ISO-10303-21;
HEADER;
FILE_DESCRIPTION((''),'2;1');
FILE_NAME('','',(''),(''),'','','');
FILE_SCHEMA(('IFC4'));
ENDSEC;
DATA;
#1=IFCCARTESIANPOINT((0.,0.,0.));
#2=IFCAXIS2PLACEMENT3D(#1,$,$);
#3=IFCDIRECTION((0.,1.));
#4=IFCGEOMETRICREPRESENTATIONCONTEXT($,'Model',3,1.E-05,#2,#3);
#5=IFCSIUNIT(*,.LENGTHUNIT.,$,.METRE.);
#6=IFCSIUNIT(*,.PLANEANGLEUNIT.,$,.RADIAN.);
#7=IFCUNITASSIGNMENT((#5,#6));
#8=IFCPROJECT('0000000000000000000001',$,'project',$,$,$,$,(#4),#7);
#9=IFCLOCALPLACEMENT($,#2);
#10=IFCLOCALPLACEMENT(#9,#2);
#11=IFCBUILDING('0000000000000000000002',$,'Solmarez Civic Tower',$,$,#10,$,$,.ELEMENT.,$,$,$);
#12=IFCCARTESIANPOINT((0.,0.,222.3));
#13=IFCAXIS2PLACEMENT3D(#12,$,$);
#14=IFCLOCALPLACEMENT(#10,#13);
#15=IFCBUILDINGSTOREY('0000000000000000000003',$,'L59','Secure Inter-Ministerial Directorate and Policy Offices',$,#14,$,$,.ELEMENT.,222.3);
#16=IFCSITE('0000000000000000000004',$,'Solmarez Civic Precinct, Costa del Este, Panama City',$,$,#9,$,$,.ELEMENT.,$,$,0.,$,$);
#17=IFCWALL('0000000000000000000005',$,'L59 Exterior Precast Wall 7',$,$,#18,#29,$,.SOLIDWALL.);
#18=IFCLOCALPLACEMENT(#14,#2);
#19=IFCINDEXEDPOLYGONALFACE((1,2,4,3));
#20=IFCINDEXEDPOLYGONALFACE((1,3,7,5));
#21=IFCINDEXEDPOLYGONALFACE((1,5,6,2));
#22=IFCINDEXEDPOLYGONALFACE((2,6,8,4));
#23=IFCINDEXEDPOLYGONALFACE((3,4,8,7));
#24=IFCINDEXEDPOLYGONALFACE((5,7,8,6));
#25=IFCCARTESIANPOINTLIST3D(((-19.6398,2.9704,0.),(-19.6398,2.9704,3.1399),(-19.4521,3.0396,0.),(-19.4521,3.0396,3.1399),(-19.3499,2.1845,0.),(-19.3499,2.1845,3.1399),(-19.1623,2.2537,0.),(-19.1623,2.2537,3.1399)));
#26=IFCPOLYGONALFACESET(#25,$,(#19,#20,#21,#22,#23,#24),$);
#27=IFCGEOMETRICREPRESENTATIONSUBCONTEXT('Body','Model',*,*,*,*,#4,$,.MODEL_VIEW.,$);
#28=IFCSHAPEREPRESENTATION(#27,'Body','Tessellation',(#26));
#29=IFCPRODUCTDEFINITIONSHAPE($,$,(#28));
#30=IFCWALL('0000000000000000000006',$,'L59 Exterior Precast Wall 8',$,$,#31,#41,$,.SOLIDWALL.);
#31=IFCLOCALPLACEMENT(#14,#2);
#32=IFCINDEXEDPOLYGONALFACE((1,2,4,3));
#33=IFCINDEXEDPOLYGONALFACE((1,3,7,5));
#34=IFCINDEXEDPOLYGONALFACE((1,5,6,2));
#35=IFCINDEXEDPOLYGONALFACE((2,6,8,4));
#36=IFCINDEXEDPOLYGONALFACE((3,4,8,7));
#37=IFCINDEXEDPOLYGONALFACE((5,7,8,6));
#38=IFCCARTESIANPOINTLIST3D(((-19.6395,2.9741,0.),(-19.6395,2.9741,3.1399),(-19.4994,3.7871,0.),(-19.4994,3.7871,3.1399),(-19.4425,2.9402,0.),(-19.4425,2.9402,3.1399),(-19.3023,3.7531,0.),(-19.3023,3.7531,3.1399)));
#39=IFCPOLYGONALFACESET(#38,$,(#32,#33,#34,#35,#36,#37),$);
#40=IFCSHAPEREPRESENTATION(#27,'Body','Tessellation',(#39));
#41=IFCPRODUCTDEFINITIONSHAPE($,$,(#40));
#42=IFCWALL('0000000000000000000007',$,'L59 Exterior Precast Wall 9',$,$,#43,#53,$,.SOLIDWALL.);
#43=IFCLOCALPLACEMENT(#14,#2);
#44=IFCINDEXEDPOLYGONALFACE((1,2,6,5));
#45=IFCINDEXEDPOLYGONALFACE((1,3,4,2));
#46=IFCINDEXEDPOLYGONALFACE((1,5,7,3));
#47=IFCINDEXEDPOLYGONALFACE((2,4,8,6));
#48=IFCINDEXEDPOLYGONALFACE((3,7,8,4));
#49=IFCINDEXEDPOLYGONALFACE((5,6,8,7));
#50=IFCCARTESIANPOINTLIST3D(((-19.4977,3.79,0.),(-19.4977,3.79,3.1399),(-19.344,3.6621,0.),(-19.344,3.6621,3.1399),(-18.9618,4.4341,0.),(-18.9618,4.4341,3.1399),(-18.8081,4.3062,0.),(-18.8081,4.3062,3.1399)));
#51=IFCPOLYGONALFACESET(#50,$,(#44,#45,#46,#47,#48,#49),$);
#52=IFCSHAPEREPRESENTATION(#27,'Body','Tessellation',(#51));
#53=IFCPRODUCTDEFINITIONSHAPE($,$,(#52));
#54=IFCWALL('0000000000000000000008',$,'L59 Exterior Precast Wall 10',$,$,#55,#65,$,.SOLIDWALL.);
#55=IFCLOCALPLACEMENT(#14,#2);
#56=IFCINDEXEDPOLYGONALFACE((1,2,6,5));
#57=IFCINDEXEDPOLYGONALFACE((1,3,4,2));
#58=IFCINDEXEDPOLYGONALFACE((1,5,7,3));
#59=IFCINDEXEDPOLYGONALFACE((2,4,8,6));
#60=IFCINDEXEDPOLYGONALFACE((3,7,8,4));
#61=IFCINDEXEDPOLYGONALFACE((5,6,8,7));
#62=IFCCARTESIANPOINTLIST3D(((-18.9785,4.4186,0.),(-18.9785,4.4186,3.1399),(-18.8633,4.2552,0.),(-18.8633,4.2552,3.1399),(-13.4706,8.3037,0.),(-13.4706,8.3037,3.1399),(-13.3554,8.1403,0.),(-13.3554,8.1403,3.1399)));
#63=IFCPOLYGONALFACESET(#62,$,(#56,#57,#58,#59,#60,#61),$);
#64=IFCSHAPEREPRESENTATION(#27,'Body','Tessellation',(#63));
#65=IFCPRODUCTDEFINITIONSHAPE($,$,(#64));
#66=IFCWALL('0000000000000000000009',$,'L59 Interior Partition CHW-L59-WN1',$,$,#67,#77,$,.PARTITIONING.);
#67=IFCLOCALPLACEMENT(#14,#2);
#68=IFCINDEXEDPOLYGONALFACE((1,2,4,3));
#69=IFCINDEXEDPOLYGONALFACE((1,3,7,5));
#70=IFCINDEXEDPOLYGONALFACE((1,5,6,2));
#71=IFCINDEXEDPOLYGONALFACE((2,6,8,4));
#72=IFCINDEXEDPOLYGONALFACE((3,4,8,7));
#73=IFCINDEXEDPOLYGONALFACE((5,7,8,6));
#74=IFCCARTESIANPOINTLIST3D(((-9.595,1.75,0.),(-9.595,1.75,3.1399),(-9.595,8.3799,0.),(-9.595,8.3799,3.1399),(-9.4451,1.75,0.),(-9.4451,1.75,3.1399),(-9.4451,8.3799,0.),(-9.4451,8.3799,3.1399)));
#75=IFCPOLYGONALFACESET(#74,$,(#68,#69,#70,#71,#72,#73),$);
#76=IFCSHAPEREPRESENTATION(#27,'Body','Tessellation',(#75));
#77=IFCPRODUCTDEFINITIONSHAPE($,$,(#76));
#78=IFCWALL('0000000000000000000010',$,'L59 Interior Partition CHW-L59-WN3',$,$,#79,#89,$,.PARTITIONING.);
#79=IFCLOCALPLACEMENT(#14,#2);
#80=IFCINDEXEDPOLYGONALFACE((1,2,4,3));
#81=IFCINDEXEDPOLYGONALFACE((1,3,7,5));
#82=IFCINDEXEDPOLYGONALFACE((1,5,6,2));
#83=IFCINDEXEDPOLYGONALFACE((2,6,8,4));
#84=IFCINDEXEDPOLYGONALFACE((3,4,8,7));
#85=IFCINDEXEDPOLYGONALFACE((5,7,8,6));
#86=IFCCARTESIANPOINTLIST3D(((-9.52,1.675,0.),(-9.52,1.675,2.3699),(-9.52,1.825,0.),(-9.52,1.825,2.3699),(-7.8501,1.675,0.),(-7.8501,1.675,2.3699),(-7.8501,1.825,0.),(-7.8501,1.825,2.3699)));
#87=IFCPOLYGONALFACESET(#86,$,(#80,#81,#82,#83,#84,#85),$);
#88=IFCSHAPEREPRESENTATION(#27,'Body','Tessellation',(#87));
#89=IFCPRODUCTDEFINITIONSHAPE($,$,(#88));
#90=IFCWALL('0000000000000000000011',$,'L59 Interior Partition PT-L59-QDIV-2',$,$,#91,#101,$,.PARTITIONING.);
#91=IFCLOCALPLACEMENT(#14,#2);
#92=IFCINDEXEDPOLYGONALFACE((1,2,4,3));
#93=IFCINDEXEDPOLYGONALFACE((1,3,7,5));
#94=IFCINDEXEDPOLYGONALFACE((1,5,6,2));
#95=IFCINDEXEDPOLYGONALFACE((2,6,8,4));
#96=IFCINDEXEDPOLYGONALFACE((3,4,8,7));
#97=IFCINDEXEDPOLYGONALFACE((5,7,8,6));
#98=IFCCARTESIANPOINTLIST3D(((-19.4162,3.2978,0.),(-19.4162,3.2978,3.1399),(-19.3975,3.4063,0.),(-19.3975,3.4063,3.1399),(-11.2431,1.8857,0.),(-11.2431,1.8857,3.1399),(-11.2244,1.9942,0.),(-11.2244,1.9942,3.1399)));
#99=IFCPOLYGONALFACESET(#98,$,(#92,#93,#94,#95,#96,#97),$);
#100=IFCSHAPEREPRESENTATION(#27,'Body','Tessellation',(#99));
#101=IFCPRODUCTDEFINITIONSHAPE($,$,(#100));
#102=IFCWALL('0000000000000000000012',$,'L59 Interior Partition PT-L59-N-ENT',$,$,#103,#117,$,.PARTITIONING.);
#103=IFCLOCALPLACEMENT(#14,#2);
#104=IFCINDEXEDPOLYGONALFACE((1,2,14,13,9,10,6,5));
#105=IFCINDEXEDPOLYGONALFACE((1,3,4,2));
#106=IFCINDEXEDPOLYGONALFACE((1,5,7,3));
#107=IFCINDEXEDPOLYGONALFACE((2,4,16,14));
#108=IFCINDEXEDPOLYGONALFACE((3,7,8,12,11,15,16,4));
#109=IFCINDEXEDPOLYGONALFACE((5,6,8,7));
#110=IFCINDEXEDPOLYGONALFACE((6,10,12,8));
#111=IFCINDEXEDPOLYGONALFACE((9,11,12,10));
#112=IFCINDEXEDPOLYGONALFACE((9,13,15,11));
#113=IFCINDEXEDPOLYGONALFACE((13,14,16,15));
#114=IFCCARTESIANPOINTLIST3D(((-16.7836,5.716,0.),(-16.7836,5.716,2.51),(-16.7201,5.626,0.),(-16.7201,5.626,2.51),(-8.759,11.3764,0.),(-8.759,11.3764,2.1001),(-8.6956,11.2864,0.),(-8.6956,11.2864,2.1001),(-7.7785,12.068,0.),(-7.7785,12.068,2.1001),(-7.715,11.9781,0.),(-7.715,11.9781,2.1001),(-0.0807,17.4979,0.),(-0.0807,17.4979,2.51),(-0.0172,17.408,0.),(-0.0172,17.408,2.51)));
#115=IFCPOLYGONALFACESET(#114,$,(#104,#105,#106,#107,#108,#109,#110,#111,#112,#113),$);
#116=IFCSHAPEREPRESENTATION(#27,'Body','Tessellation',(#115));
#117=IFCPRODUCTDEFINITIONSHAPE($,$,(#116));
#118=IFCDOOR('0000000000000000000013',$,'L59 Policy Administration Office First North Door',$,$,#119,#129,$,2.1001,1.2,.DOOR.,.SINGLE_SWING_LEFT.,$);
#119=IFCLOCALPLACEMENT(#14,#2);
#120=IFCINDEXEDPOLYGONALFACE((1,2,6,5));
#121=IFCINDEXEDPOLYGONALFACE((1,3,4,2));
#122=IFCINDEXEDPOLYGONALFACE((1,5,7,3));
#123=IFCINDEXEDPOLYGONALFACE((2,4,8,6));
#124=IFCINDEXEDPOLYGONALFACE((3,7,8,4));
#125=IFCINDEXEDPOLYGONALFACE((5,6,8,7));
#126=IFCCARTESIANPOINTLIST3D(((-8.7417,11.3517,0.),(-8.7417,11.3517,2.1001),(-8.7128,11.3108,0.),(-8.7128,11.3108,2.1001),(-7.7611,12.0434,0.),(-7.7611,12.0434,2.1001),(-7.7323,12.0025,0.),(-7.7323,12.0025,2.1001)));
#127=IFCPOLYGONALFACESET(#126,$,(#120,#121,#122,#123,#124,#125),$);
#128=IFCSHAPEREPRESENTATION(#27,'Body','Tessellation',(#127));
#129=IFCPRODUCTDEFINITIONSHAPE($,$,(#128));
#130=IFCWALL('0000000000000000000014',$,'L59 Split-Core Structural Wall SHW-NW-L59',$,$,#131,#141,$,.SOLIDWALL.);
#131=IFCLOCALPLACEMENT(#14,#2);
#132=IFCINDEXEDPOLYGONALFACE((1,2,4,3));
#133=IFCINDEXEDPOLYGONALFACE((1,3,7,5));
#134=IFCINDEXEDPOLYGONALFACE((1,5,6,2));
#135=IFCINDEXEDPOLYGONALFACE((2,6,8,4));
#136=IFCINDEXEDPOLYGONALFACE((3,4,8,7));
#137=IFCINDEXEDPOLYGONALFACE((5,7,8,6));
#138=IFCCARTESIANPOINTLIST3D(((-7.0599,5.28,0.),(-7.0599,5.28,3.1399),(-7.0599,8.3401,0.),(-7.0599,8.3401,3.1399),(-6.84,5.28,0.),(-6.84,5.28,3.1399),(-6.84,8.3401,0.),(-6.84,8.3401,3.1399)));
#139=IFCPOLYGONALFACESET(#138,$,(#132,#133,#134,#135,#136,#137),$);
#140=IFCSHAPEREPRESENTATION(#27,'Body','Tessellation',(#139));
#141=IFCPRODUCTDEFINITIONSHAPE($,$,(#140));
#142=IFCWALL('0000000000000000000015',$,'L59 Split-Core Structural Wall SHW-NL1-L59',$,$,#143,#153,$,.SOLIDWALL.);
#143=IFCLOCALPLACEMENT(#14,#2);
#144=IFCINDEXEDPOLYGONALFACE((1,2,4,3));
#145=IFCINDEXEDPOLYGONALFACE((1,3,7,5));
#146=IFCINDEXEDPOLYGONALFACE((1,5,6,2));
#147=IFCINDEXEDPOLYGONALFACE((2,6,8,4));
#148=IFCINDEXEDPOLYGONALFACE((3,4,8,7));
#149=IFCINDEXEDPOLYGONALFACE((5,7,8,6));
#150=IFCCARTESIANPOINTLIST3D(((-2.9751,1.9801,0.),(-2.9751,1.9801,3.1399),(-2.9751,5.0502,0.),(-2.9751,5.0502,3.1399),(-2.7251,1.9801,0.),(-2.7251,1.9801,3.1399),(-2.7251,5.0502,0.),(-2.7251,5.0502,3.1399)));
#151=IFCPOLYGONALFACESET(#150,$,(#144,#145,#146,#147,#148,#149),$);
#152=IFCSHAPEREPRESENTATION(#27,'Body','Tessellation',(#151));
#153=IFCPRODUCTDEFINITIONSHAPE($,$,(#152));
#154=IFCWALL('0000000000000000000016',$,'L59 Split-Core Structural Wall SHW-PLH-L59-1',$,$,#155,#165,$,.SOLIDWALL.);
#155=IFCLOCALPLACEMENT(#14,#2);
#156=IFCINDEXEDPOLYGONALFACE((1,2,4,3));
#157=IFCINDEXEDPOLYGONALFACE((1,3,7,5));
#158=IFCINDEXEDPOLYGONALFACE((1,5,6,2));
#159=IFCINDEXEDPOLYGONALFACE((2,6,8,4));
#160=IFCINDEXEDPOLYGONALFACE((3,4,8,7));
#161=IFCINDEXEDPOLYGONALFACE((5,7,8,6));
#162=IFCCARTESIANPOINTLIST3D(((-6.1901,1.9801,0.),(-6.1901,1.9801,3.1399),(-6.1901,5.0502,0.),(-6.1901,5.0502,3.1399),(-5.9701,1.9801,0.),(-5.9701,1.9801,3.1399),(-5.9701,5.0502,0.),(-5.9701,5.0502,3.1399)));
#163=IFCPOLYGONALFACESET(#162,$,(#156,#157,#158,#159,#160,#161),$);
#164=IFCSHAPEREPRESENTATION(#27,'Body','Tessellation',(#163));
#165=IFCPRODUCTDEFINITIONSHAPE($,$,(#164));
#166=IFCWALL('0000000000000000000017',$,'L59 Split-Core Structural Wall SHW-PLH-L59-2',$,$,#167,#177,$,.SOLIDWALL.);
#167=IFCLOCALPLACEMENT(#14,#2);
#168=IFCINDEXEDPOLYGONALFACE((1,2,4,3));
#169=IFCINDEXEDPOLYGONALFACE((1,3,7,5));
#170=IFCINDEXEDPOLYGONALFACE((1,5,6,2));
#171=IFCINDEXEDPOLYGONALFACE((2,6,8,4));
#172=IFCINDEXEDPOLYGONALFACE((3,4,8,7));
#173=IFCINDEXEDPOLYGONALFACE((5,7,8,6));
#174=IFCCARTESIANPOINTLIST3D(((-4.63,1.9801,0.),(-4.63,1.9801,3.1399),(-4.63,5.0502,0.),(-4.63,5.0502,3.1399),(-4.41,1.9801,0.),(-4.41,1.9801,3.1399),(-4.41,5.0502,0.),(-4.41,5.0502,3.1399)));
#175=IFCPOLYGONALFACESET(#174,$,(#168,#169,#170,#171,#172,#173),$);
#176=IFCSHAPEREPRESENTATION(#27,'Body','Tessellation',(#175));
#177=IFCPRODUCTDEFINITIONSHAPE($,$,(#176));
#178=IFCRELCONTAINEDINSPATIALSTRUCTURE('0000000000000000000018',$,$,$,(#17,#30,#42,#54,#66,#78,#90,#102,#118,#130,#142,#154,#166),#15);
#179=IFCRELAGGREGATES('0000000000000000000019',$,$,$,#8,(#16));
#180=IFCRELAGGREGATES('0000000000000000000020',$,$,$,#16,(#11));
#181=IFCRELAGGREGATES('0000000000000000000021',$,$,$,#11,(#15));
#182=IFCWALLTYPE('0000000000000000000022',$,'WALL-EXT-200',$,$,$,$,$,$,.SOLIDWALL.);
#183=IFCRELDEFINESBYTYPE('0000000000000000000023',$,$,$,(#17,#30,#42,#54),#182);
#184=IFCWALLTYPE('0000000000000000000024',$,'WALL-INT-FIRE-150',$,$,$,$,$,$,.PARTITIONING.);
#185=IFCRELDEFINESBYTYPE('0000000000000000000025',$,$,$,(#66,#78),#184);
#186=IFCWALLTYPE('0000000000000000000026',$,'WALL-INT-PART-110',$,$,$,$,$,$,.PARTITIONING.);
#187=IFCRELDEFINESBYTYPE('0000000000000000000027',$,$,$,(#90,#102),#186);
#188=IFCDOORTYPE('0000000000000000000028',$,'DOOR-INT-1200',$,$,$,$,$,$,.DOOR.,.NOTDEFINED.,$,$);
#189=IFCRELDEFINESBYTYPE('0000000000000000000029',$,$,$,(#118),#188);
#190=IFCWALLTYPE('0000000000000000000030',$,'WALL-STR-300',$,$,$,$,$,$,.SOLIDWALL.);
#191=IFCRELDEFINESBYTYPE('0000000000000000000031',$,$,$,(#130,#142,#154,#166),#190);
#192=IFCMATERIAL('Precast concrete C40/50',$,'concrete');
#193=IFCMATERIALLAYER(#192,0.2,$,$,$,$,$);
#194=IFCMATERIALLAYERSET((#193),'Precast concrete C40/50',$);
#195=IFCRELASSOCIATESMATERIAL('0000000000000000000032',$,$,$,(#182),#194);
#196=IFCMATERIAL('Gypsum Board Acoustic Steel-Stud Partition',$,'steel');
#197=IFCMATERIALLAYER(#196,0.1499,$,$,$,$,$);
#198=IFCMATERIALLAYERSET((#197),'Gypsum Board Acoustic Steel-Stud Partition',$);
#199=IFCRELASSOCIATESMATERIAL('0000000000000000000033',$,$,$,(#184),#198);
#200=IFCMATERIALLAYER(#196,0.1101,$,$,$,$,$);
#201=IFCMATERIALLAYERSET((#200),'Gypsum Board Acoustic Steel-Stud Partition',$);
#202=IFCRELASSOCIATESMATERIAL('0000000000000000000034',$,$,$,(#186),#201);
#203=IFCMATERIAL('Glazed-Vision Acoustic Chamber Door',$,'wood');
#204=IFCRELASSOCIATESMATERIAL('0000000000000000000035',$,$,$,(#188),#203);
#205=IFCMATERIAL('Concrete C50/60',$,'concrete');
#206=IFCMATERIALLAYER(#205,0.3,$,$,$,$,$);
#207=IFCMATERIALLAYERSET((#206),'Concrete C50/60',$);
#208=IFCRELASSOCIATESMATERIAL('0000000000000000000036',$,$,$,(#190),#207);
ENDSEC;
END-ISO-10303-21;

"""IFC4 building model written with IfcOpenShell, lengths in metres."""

from ifc_helpers import new_model, si_unit, direction, frame, frame_2d, origin, place, context, subcontext, project, spatial, rectangle, extrude, material, layer, layer_set, type_object, element, fill, save


model = new_model("IFC4")

# Units and contexts
model_context = context("Model", 3, precision=1e-05, world=origin(), true_north=direction((0.0, 1.0)))
body_context = subcontext(model_context, "Body", "Model", "MODEL_VIEW")
ifc_project = project(units=[si_unit("LENGTHUNIT", "METRE"), si_unit("PLANEANGLEUNIT", "RADIAN")], contexts=[model_context])

# Site, building, storey
site_placement = place(None, origin())
site = spatial("IfcSite", under=ifc_project, at=site_placement, Name="Solmarez Civic Precinct, Costa del Este, Panama City", CompositionType="ELEMENT", RefElevation=0.0)
building_placement = place(site_placement, origin())
building = spatial("IfcBuilding", under=site, at=building_placement, Name="Solmarez Civic Tower", CompositionType="ELEMENT")
storey_placement = place(building_placement, frame((0.0, 0.0, 222.3)))
storey = spatial("IfcBuildingStorey", under=building, at=storey_placement, Name="L59", Description="Secure Inter-Ministerial Directorate and Policy Offices", CompositionType="ELEMENT", Elevation=222.3)

# Shared definitions
ifc_material_1 = material(Name="Concrete C50/60", Category="concrete")

# Walls
ifc_material_2 = material(Name="Precast concrete C40/50", Category="concrete")
ifc_layer_1 = layer(ifc_material_2, 0.2)
ifc_layer_set_1 = layer_set([ifc_layer_1], Name="Precast concrete C40/50")
wall_type_1 = type_object("IfcWallType", Name="WALL-EXT-200", PredefinedType="SOLIDWALL", material=ifc_layer_set_1)
wall_1_placement = place(storey_placement, frame((-19.2561, 2.219, 0.0), z_axis=(0.0, 0.0, 1.0), x_axis=(-0.345975, 0.938244, 0.0)))
element("IfcWall", 1, at=wall_1_placement, inside=storey, type_object=wall_type_1, Name="L59 Exterior Precast Wall 7", PredefinedType="SOLIDWALL", context=body_context, shape_type="SweptSolid", body=[
    extrude(rectangle(XDim=0.8376, YDim=0.2, at=frame_2d((0.4189, 0.0))), origin(), (0.0, 0.0, 1.0), 3.1399),
])
wall_2_placement = place(storey_placement, frame((-19.541, 2.957, 0.0), z_axis=(0.0, 0.0, 1.0), x_axis=(0.169867, 0.985467, 0.0)))
element("IfcWall", 2, at=wall_2_placement, inside=storey, type_object=wall_type_1, Name="L59 Exterior Precast Wall 8", PredefinedType="SOLIDWALL", context=body_context, shape_type="SweptSolid", body=[
    extrude(rectangle(XDim=0.825, YDim=0.2, at=frame_2d((0.4126, 0.0))), origin(), (0.0, 0.0, 1.0), 3.1399),
])
wall_3_placement = place(storey_placement, frame((-19.4209, 3.7261, 0.0), z_axis=(0.0, 0.0, 1.0), x_axis=(0.639611, 0.768699, 0.0)))
element("IfcWall", 3, at=wall_3_placement, inside=storey, type_object=wall_type_1, Name="L59 Exterior Precast Wall 9", PredefinedType="SOLIDWALL", context=body_context, shape_type="SweptSolid", body=[
    extrude(rectangle(XDim=0.8379, YDim=0.2, at=frame_2d((0.4189, 0.0))), origin(), (0.0, 0.0, 1.0), 3.1399),
])
wall_4_placement = place(storey_placement, frame((-18.9209, 4.3369, 0.0), z_axis=(0.0, 0.0, 1.0), x_axis=(0.817168, 0.5764, 0.0)))
element("IfcWall", 4, at=wall_4_placement, inside=storey, type_object=wall_type_1, Name="L59 Exterior Precast Wall 10", PredefinedType="SOLIDWALL", context=body_context, shape_type="SweptSolid", body=[
    extrude(rectangle(XDim=6.7402, YDim=0.2, at=frame_2d((3.3701, 0.0))), origin(), (0.0, 0.0, 1.0), 3.1399),
])
ifc_material_3 = material(Name="Gypsum Board Acoustic Steel-Stud Partition", Category="steel")
ifc_layer_2 = layer(ifc_material_3, 0.1499)
ifc_layer_set_2 = layer_set([ifc_layer_2], Name="Gypsum Board Acoustic Steel-Stud Partition")
wall_type_2 = type_object("IfcWallType", Name="WALL-INT-FIRE-150", PredefinedType="PARTITIONING", material=ifc_layer_set_2)
wall_5_placement = place(storey_placement, frame((-9.52, 1.75, 0.0), z_axis=(0.0, 0.0, 1.0), x_axis=(0.0, 1.0, 0.0)))
element("IfcWall", 5, at=wall_5_placement, inside=storey, type_object=wall_type_2, Name="L59 Interior Partition CHW-L59-WN1", PredefinedType="PARTITIONING", context=body_context, shape_type="SweptSolid", body=[
    extrude(rectangle(XDim=6.6299, YDim=0.1499, at=frame_2d((3.3149, 0.0))), origin(), (0.0, 0.0, 1.0), 3.1399),
])
wall_6_placement = place(storey_placement, frame((-7.8501, 1.75, 0.0), z_axis=(0.0, 0.0, 1.0), x_axis=(-1.0, 0.0, 0.0)))
element("IfcWall", 6, at=wall_6_placement, inside=storey, type_object=wall_type_2, Name="L59 Interior Partition CHW-L59-WN3", PredefinedType="PARTITIONING", context=body_context, shape_type="SweptSolid", body=[
    extrude(rectangle(XDim=1.6699, YDim=0.1499, at=frame_2d((0.835, 0.0))), origin(), (0.0, 0.0, 1.0), 2.3699),
])
ifc_layer_3 = layer(ifc_material_3, 0.1101)
ifc_layer_set_3 = layer_set([ifc_layer_3], Name="Gypsum Board Acoustic Steel-Stud Partition")
wall_type_3 = type_object("IfcWallType", Name="WALL-INT-PART-110", PredefinedType="PARTITIONING", material=ifc_layer_set_3)
wall_7_placement = place(storey_placement, frame((-11.2339, 1.9399, 0.0), z_axis=(0.0, 0.0, 1.0), x_axis=(-0.9854, 0.170253, 0.0)))
element("IfcWall", 7, at=wall_7_placement, inside=storey, type_object=wall_type_3, Name="L59 Interior Partition PT-L59-QDIV-2", PredefinedType="PARTITIONING", context=body_context, shape_type="SweptSolid", body=[
    extrude(rectangle(XDim=8.2942, YDim=0.1101, at=frame_2d((4.147, 0.0))), origin(), (0.0, 0.0, 1.0), 3.1399),
])

# Wall, opening, door
wall_8_placement = place(storey_placement, frame((-16.752, 5.6709, 0.0), z_axis=(0.0, 0.0, 1.0), x_axis=(0.817159, 0.576413, 0.0)))
wall_8 = element("IfcWall", 8, at=wall_8_placement, inside=storey, type_object=wall_type_3, Name="L59 Interior Partition PT-L59-N-ENT", PredefinedType="PARTITIONING", context=body_context, shape_type="SweptSolid", body=[
    extrude(rectangle(XDim=20.4402, YDim=0.1101, at=frame_2d((10.2202, 0.0))), origin(), (0.0, 0.0, 1.0), 2.51),
])
opening_placement = place(wall_8_placement, frame((9.8201, 0.0, 0.0)))
opening = element("IfcOpeningElement", 9, at=opening_placement, cuts=wall_8, PredefinedType="OPENING", context=body_context, shape_type="SweptSolid", body=[
    extrude(rectangle(XDim=1.2, YDim=2.1001, at=frame_2d((0.6001, 1.05))), frame((0.0, 0.0649, 0.0), z_axis=(0.0, -1.0, 0.0), x_axis=(1.0, 0.0, 0.0)), (0.0, 0.0, 1.0), 0.1301),
])
ifc_material_4 = material(Name="Glazed-Vision Acoustic Chamber Door", Category="wood")
door_type = type_object("IfcDoorType", Name="DOOR-INT-1200", OperationType="NOTDEFINED", PredefinedType="DOOR", material=ifc_material_4)
door_placement = place(opening_placement, origin())
door = element("IfcDoor", 10, at=door_placement, inside=storey, type_object=door_type, Name="L59 Policy Administration Office First North Door", OperationType="SINGLE_SWING_LEFT", OverallHeight=2.1001, OverallWidth=1.2, PredefinedType="DOOR", context=body_context, shape_type="SweptSolid", body=[
    extrude(rectangle(XDim=1.2, YDim=2.1001, at=frame_2d((0.6001, 1.05))), frame((0.0, 0.0249, 0.0), z_axis=(0.0, -1.0, 0.0), x_axis=(1.0, 0.0, 0.0)), (0.0, 0.0, 1.0), 0.05),
])
fill(opening, door)

# Walls
ifc_layer_4 = layer(ifc_material_1, 0.3)
ifc_layer_set_4 = layer_set([ifc_layer_4], Name="Concrete C50/60")
wall_type_4 = type_object("IfcWallType", Name="WALL-STR-300", PredefinedType="SOLIDWALL", material=ifc_layer_set_4)
wall_9_placement = place(storey_placement, frame((-6.95, 5.28, 0.0), z_axis=(0.0, 0.0, 1.0), x_axis=(0.0, 1.0, 0.0)))
element("IfcWall", 11, at=wall_9_placement, inside=storey, type_object=wall_type_4, Name="L59 Split-Core Structural Wall SHW-NW-L59", PredefinedType="SOLIDWALL", context=body_context, shape_type="SweptSolid", body=[
    extrude(rectangle(XDim=3.0601, YDim=0.22, at=frame_2d((1.53, 0.0))), origin(), (0.0, 0.0, 1.0), 3.1399),
])
wall_10_placement = place(storey_placement, frame((-2.8501, 1.98, 0.0), z_axis=(0.0, 0.0, 1.0), x_axis=(0.0, 1.0, 0.0)))
element("IfcWall", 12, at=wall_10_placement, inside=storey, type_object=wall_type_4, Name="L59 Split-Core Structural Wall SHW-NL1-L59", PredefinedType="SOLIDWALL", context=body_context, shape_type="SweptSolid", body=[
    extrude(rectangle(XDim=3.0701, YDim=0.25, at=frame_2d((1.5352, 0.0))), origin(), (0.0, 0.0, 1.0), 3.1399),
])
for number, where, z_axis, x_axis, name in (
    (13, (-6.0801, 1.98, 0.0), (0.0, 0.0, 1.0), (0.0, 1.0, 0.0), "L59 Split-Core Structural Wall SHW-PLH-L59-1"),
    (14, (-4.52, 1.98, 0.0), (0.0, 0.0, 1.0), (0.0, 1.0, 0.0), "L59 Split-Core Structural Wall SHW-PLH-L59-2"),
):
    element("IfcWall", number, at=place(storey_placement, frame(where, z_axis=z_axis, x_axis=x_axis)), inside=storey, type_object=wall_type_4, Name=name, PredefinedType="SOLIDWALL", context=body_context, shape_type="SweptSolid", body=[
        extrude(rectangle(XDim=3.0701, YDim=0.22, at=frame_2d((1.5352, 0.0))), origin(), (0.0, 0.0, 1.0), 3.1399),
    ])

save(model, "model.ifc")
